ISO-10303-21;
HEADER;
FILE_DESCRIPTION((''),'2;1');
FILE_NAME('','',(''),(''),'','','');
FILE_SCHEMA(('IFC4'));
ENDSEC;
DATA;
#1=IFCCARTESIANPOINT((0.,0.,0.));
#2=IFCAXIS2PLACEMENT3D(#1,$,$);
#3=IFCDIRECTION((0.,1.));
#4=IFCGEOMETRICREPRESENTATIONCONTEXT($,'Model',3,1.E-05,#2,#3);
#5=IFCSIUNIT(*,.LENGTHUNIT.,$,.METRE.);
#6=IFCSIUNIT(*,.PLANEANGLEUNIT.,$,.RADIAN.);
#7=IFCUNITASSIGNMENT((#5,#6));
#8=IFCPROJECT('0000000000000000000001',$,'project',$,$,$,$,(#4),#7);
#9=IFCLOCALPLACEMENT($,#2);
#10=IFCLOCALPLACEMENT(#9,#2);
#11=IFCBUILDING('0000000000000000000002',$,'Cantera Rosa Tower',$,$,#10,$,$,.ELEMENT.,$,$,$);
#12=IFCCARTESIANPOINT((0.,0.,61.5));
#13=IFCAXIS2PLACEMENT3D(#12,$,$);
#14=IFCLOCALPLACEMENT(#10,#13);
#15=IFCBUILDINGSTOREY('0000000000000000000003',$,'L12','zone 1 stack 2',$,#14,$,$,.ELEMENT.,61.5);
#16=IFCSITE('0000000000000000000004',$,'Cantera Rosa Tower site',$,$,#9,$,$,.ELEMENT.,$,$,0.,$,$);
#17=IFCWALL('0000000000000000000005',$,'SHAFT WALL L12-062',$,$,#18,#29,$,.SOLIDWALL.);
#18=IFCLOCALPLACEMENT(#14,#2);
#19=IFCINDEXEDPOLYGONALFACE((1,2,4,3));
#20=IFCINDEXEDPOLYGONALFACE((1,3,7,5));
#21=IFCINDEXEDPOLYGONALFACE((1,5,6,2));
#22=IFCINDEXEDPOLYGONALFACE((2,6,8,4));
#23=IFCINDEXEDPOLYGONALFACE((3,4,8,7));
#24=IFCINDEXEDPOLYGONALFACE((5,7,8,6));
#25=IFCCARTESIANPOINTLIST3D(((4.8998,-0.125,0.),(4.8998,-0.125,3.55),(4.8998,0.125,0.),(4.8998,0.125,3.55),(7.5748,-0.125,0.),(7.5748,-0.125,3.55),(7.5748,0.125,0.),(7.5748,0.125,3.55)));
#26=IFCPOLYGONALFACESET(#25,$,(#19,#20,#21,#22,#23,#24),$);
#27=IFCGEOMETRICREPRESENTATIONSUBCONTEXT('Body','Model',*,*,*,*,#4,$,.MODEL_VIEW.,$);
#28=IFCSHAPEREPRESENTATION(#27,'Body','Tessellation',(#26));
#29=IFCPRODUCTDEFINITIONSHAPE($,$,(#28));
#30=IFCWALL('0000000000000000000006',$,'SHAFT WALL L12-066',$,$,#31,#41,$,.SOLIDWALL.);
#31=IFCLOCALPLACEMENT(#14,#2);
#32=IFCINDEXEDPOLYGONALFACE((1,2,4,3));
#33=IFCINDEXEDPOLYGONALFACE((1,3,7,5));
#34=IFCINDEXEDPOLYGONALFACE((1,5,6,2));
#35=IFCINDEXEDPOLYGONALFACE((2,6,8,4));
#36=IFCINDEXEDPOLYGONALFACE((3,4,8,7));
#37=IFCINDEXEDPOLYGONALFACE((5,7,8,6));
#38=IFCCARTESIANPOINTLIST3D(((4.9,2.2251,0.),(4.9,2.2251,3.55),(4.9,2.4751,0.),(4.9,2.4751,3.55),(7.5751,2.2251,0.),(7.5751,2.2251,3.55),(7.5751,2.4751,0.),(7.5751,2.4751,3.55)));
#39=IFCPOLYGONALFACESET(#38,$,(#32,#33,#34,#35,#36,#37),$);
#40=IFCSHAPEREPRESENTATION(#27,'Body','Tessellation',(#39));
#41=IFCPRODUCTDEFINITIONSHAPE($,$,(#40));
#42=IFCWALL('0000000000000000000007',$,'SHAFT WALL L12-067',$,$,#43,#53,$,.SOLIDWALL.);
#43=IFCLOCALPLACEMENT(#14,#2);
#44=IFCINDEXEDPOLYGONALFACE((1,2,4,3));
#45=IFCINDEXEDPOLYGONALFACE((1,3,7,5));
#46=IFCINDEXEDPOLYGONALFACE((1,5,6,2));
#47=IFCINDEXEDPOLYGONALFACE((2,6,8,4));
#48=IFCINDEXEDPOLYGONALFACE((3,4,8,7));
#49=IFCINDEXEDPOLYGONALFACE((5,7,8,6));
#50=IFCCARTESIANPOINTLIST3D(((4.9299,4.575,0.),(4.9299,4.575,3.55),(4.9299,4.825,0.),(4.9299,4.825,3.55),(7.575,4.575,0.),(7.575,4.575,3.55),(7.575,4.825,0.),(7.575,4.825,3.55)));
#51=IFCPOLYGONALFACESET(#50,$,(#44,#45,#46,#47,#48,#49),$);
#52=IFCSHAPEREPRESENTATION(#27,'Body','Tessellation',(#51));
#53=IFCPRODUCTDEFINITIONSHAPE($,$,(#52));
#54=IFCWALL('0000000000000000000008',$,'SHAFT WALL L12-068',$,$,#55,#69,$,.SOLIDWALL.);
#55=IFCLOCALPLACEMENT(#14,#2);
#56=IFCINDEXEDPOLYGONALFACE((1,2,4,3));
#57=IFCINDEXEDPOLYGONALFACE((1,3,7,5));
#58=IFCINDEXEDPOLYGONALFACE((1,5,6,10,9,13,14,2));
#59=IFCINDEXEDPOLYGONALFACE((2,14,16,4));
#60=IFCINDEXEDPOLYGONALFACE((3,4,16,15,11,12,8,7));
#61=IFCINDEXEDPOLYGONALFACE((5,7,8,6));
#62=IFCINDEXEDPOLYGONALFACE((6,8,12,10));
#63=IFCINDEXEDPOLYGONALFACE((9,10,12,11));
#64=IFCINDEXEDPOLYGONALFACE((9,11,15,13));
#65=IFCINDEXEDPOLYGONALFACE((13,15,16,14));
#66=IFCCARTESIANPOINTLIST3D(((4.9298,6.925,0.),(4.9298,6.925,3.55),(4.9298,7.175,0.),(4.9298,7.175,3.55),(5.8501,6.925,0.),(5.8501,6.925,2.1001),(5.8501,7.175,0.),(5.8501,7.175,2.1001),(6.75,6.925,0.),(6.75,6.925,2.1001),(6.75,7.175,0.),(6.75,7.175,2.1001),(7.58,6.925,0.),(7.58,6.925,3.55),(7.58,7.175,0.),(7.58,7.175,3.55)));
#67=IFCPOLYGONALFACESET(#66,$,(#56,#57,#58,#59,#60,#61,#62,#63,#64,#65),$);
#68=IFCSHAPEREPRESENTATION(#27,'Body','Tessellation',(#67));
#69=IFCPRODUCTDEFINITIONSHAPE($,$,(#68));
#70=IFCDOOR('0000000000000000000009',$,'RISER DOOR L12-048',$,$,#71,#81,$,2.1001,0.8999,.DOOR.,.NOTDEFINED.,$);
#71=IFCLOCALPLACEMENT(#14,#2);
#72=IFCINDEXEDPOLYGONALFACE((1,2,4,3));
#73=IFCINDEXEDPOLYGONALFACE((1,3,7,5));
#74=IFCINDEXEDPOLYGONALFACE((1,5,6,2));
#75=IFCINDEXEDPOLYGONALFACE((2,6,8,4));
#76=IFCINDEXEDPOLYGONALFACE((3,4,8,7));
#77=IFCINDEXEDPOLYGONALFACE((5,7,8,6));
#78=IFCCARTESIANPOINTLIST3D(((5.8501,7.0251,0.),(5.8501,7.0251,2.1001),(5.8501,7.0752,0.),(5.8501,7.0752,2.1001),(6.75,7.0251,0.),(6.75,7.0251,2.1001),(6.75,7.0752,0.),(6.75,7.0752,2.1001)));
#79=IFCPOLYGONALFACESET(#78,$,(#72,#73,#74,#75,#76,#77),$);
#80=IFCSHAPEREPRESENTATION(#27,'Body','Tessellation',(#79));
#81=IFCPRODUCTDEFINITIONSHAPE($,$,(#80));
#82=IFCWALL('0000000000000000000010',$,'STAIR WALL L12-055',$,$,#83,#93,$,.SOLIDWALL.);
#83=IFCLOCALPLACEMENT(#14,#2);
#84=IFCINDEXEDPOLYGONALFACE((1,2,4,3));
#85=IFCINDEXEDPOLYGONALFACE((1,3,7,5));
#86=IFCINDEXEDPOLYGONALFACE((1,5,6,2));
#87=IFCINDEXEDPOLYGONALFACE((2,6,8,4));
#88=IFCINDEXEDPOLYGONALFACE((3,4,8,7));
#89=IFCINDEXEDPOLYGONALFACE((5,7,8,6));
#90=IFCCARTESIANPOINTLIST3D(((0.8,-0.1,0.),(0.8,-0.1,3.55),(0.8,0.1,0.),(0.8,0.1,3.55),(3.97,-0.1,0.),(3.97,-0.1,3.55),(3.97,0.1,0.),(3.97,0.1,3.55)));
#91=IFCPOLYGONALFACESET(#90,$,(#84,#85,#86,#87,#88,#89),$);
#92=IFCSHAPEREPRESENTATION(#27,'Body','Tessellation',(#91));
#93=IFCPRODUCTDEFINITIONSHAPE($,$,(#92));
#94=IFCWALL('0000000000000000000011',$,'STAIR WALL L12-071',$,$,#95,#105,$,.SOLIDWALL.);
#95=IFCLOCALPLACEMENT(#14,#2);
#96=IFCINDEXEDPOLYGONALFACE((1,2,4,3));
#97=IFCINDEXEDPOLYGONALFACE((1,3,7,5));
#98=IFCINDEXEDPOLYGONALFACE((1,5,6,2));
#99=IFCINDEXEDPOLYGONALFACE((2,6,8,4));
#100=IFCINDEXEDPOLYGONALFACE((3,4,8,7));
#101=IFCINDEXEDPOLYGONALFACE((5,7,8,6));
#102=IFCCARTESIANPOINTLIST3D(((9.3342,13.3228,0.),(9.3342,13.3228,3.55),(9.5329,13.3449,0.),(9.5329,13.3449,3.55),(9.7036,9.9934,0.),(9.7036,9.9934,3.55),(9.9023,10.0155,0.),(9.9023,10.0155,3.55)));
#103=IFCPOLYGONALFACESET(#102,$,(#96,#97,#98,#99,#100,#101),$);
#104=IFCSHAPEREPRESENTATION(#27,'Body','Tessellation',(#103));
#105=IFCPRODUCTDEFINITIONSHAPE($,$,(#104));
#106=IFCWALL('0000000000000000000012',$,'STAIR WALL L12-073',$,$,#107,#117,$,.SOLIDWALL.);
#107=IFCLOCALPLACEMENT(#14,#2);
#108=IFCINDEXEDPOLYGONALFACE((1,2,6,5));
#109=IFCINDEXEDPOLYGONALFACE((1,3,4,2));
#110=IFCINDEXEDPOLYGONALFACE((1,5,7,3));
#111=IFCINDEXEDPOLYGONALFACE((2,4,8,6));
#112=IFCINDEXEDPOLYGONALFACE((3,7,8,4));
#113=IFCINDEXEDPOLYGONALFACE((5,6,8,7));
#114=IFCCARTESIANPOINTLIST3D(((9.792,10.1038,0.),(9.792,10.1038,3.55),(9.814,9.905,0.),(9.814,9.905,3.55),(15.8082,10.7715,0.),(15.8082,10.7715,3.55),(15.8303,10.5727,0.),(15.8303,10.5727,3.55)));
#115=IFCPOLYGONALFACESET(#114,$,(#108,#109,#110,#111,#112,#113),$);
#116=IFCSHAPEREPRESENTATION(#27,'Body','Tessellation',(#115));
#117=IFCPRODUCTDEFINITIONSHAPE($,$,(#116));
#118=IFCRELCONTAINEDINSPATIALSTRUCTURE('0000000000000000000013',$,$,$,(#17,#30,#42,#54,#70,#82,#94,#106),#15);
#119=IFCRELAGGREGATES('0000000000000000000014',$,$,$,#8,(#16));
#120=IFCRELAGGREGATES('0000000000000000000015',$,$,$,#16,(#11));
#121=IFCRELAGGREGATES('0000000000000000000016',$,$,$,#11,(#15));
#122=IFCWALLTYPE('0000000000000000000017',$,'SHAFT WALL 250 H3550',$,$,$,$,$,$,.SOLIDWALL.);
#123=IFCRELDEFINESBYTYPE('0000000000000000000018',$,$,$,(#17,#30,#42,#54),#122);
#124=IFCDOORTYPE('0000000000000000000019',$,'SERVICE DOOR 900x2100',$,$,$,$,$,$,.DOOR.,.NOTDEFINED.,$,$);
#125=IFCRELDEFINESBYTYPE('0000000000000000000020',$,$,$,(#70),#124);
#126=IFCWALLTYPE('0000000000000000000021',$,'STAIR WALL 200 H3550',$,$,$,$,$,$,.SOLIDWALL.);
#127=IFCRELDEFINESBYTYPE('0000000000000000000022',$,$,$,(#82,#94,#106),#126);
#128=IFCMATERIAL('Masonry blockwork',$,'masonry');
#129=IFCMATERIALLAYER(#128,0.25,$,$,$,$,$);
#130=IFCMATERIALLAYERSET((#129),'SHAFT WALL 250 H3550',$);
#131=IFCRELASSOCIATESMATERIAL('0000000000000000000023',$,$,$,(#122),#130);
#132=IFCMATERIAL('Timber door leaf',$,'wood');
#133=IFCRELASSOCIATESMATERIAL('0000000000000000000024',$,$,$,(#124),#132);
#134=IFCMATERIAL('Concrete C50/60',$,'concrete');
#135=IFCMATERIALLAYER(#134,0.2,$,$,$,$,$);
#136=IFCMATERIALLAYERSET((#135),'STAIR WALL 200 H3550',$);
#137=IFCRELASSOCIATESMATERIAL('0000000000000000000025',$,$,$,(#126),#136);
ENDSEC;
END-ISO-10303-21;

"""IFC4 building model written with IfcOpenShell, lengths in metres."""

from ifc_helpers import new_model, si_unit, direction, frame, frame_2d, origin, place, context, subcontext, project, spatial, rectangle, extrude, material, layer, layer_set, type_object, element, fill, save


model = new_model("IFC4")

# Units and contexts
model_context = context("Model", 3, precision=1e-05, world=origin(), true_north=direction((0.0, 1.0)))
body_context = subcontext(model_context, "Body", "Model", "MODEL_VIEW")
ifc_project = project(units=[si_unit("LENGTHUNIT", "METRE"), si_unit("PLANEANGLEUNIT", "RADIAN")], contexts=[model_context])

# Site, building, storey
site_placement = place(None, origin())
site = spatial("IfcSite", under=ifc_project, at=site_placement, Name="Cantera Rosa Tower site", CompositionType="ELEMENT", RefElevation=0.0)
building_placement = place(site_placement, origin())
building = spatial("IfcBuilding", under=site, at=building_placement, Name="Cantera Rosa Tower", CompositionType="ELEMENT")
storey_placement = place(building_placement, frame((0.0, 0.0, 61.5)))
storey = spatial("IfcBuildingStorey", under=building, at=storey_placement, Name="L12", Description="zone 1 stack 2", CompositionType="ELEMENT", Elevation=61.5)

# Walls
ifc_material_1 = material(Name="Masonry blockwork", Category="masonry")
ifc_layer_1 = layer(ifc_material_1, 0.25)
ifc_layer_set_1 = layer_set([ifc_layer_1], Name="SHAFT WALL 250 H3550")
wall_type_1 = type_object("IfcWallType", Name="SHAFT WALL 250 H3550", PredefinedType="SOLIDWALL", material=ifc_layer_set_1)
for number, where, z_axis, x_axis, name in (
    (1, (4.8999, 0.0, 0.0), (0.0, 0.0, 1.0), (1.0, 0.0, 0.0), "SHAFT WALL L12-062"),
    (2, (7.575, 2.3501, 0.0), (0.0, 0.0, 1.0), (-1.0, 0.0, 0.0), "SHAFT WALL L12-066"),
):
    element("IfcWall", number, at=place(storey_placement, frame(where, z_axis=z_axis, x_axis=x_axis)), inside=storey, type_object=wall_type_1, Name=name, PredefinedType="SOLIDWALL", context=body_context, shape_type="SweptSolid", body=[
        extrude(rectangle(XDim=2.675, YDim=0.25, at=frame_2d((1.3374, 0.0))), origin(), (0.0, 0.0, 1.0), 3.55),
    ])
wall_1_placement = place(storey_placement, frame((7.575, 4.7, 0.0), z_axis=(0.0, 0.0, 1.0), x_axis=(-1.0, 0.0, 0.0)))
element("IfcWall", 3, at=wall_1_placement, inside=storey, type_object=wall_type_1, Name="SHAFT WALL L12-067", PredefinedType="SOLIDWALL", context=body_context, shape_type="SweptSolid", body=[
    extrude(rectangle(XDim=2.645, YDim=0.25, at=frame_2d((1.3225, 0.0))), origin(), (0.0, 0.0, 1.0), 3.55),
])

# Wall, opening, door
wall_2_placement = place(storey_placement, frame((7.5801, 7.05, 0.0), z_axis=(0.0, 0.0, 1.0), x_axis=(-1.0, 0.0, 0.0)))
wall_2 = element("IfcWall", 4, at=wall_2_placement, inside=storey, type_object=wall_type_1, Name="SHAFT WALL L12-068", PredefinedType="SOLIDWALL", context=body_context, shape_type="SweptSolid", body=[
    extrude(rectangle(XDim=2.6501, YDim=0.25, at=frame_2d((1.3252, 0.0))), origin(), (0.0, 0.0, 1.0), 3.55),
])
opening_placement = place(wall_2_placement, frame((0.8301, 0.0, 0.0)))
opening = element("IfcOpeningElement", 5, at=opening_placement, cuts=wall_2, PredefinedType="OPENING", context=body_context, shape_type="SweptSolid", body=[
    extrude(rectangle(XDim=0.8999, YDim=2.1001, at=frame_2d((0.45, 1.05))), frame((0.0, 0.135, 0.0), z_axis=(0.0, -1.0, 0.0), x_axis=(1.0, 0.0, 0.0)), (0.0, 0.0, 1.0), 0.27),
])
ifc_material_2 = material(Name="Timber door leaf", Category="wood")
door_type = type_object("IfcDoorType", Name="SERVICE DOOR 900x2100", OperationType="NOTDEFINED", PredefinedType="DOOR", material=ifc_material_2)
door_placement = place(opening_placement, origin())
door = element("IfcDoor", 6, at=door_placement, inside=storey, type_object=door_type, Name="RISER DOOR L12-048", OperationType="NOTDEFINED", OverallHeight=2.1001, OverallWidth=0.8999, PredefinedType="DOOR", context=body_context, shape_type="SweptSolid", body=[
    extrude(rectangle(XDim=0.8999, YDim=2.1001, at=frame_2d((0.45, 1.05))), frame((0.0, 0.0249, 0.0), z_axis=(0.0, -1.0, 0.0), x_axis=(1.0, 0.0, 0.0)), (0.0, 0.0, 1.0), 0.05),
])
fill(opening, door)

# Walls
ifc_material_3 = material(Name="Concrete C50/60", Category="concrete")
ifc_layer_2 = layer(ifc_material_3, 0.2)
ifc_layer_set_2 = layer_set([ifc_layer_2], Name="STAIR WALL 200 H3550")
wall_type_2 = type_object("IfcWallType", Name="STAIR WALL 200 H3550", PredefinedType="SOLIDWALL", material=ifc_layer_set_2)
wall_3_placement = place(storey_placement, frame((0.8, 0.0, 0.0), z_axis=(0.0, 0.0, 1.0), x_axis=(1.0, 0.0, 0.0)))
element("IfcWall", 7, at=wall_3_placement, inside=storey, type_object=wall_type_2, Name="STAIR WALL L12-055", PredefinedType="SOLIDWALL", context=body_context, shape_type="SweptSolid", body=[
    extrude(rectangle(XDim=3.1699, YDim=0.2, at=frame_2d((1.585, 0.0))), origin(), (0.0, 0.0, 1.0), 3.55),
])
wall_4_placement = place(storey_placement, frame((9.4336, 13.3337, 0.0), z_axis=(0.0, 0.0, 1.0), x_axis=(0.110272, -0.993901, 0.0)))
element("IfcWall", 8, at=wall_4_placement, inside=storey, type_object=wall_type_2, Name="STAIR WALL L12-071", PredefinedType="SOLIDWALL", context=body_context, shape_type="SweptSolid", body=[
    extrude(rectangle(XDim=3.3499, YDim=0.2, at=frame_2d((1.6748, 0.0))), origin(), (0.0, 0.0, 1.0), 3.55),
])
wall_5_placement = place(storey_placement, frame((9.803, 10.0044, 0.0), z_axis=(0.0, 0.0, 1.0), x_axis=(0.993897, 0.110308, 0.0)))
element("IfcWall", 9, at=wall_5_placement, inside=storey, type_object=wall_type_2, Name="STAIR WALL L12-073", PredefinedType="SOLIDWALL", context=body_context, shape_type="SweptSolid", body=[
    extrude(rectangle(XDim=6.0532, YDim=0.2, at=frame_2d((3.0266, 0.0))), origin(), (0.0, 0.0, 1.0), 3.55),
])

save(model, "model.ifc")
